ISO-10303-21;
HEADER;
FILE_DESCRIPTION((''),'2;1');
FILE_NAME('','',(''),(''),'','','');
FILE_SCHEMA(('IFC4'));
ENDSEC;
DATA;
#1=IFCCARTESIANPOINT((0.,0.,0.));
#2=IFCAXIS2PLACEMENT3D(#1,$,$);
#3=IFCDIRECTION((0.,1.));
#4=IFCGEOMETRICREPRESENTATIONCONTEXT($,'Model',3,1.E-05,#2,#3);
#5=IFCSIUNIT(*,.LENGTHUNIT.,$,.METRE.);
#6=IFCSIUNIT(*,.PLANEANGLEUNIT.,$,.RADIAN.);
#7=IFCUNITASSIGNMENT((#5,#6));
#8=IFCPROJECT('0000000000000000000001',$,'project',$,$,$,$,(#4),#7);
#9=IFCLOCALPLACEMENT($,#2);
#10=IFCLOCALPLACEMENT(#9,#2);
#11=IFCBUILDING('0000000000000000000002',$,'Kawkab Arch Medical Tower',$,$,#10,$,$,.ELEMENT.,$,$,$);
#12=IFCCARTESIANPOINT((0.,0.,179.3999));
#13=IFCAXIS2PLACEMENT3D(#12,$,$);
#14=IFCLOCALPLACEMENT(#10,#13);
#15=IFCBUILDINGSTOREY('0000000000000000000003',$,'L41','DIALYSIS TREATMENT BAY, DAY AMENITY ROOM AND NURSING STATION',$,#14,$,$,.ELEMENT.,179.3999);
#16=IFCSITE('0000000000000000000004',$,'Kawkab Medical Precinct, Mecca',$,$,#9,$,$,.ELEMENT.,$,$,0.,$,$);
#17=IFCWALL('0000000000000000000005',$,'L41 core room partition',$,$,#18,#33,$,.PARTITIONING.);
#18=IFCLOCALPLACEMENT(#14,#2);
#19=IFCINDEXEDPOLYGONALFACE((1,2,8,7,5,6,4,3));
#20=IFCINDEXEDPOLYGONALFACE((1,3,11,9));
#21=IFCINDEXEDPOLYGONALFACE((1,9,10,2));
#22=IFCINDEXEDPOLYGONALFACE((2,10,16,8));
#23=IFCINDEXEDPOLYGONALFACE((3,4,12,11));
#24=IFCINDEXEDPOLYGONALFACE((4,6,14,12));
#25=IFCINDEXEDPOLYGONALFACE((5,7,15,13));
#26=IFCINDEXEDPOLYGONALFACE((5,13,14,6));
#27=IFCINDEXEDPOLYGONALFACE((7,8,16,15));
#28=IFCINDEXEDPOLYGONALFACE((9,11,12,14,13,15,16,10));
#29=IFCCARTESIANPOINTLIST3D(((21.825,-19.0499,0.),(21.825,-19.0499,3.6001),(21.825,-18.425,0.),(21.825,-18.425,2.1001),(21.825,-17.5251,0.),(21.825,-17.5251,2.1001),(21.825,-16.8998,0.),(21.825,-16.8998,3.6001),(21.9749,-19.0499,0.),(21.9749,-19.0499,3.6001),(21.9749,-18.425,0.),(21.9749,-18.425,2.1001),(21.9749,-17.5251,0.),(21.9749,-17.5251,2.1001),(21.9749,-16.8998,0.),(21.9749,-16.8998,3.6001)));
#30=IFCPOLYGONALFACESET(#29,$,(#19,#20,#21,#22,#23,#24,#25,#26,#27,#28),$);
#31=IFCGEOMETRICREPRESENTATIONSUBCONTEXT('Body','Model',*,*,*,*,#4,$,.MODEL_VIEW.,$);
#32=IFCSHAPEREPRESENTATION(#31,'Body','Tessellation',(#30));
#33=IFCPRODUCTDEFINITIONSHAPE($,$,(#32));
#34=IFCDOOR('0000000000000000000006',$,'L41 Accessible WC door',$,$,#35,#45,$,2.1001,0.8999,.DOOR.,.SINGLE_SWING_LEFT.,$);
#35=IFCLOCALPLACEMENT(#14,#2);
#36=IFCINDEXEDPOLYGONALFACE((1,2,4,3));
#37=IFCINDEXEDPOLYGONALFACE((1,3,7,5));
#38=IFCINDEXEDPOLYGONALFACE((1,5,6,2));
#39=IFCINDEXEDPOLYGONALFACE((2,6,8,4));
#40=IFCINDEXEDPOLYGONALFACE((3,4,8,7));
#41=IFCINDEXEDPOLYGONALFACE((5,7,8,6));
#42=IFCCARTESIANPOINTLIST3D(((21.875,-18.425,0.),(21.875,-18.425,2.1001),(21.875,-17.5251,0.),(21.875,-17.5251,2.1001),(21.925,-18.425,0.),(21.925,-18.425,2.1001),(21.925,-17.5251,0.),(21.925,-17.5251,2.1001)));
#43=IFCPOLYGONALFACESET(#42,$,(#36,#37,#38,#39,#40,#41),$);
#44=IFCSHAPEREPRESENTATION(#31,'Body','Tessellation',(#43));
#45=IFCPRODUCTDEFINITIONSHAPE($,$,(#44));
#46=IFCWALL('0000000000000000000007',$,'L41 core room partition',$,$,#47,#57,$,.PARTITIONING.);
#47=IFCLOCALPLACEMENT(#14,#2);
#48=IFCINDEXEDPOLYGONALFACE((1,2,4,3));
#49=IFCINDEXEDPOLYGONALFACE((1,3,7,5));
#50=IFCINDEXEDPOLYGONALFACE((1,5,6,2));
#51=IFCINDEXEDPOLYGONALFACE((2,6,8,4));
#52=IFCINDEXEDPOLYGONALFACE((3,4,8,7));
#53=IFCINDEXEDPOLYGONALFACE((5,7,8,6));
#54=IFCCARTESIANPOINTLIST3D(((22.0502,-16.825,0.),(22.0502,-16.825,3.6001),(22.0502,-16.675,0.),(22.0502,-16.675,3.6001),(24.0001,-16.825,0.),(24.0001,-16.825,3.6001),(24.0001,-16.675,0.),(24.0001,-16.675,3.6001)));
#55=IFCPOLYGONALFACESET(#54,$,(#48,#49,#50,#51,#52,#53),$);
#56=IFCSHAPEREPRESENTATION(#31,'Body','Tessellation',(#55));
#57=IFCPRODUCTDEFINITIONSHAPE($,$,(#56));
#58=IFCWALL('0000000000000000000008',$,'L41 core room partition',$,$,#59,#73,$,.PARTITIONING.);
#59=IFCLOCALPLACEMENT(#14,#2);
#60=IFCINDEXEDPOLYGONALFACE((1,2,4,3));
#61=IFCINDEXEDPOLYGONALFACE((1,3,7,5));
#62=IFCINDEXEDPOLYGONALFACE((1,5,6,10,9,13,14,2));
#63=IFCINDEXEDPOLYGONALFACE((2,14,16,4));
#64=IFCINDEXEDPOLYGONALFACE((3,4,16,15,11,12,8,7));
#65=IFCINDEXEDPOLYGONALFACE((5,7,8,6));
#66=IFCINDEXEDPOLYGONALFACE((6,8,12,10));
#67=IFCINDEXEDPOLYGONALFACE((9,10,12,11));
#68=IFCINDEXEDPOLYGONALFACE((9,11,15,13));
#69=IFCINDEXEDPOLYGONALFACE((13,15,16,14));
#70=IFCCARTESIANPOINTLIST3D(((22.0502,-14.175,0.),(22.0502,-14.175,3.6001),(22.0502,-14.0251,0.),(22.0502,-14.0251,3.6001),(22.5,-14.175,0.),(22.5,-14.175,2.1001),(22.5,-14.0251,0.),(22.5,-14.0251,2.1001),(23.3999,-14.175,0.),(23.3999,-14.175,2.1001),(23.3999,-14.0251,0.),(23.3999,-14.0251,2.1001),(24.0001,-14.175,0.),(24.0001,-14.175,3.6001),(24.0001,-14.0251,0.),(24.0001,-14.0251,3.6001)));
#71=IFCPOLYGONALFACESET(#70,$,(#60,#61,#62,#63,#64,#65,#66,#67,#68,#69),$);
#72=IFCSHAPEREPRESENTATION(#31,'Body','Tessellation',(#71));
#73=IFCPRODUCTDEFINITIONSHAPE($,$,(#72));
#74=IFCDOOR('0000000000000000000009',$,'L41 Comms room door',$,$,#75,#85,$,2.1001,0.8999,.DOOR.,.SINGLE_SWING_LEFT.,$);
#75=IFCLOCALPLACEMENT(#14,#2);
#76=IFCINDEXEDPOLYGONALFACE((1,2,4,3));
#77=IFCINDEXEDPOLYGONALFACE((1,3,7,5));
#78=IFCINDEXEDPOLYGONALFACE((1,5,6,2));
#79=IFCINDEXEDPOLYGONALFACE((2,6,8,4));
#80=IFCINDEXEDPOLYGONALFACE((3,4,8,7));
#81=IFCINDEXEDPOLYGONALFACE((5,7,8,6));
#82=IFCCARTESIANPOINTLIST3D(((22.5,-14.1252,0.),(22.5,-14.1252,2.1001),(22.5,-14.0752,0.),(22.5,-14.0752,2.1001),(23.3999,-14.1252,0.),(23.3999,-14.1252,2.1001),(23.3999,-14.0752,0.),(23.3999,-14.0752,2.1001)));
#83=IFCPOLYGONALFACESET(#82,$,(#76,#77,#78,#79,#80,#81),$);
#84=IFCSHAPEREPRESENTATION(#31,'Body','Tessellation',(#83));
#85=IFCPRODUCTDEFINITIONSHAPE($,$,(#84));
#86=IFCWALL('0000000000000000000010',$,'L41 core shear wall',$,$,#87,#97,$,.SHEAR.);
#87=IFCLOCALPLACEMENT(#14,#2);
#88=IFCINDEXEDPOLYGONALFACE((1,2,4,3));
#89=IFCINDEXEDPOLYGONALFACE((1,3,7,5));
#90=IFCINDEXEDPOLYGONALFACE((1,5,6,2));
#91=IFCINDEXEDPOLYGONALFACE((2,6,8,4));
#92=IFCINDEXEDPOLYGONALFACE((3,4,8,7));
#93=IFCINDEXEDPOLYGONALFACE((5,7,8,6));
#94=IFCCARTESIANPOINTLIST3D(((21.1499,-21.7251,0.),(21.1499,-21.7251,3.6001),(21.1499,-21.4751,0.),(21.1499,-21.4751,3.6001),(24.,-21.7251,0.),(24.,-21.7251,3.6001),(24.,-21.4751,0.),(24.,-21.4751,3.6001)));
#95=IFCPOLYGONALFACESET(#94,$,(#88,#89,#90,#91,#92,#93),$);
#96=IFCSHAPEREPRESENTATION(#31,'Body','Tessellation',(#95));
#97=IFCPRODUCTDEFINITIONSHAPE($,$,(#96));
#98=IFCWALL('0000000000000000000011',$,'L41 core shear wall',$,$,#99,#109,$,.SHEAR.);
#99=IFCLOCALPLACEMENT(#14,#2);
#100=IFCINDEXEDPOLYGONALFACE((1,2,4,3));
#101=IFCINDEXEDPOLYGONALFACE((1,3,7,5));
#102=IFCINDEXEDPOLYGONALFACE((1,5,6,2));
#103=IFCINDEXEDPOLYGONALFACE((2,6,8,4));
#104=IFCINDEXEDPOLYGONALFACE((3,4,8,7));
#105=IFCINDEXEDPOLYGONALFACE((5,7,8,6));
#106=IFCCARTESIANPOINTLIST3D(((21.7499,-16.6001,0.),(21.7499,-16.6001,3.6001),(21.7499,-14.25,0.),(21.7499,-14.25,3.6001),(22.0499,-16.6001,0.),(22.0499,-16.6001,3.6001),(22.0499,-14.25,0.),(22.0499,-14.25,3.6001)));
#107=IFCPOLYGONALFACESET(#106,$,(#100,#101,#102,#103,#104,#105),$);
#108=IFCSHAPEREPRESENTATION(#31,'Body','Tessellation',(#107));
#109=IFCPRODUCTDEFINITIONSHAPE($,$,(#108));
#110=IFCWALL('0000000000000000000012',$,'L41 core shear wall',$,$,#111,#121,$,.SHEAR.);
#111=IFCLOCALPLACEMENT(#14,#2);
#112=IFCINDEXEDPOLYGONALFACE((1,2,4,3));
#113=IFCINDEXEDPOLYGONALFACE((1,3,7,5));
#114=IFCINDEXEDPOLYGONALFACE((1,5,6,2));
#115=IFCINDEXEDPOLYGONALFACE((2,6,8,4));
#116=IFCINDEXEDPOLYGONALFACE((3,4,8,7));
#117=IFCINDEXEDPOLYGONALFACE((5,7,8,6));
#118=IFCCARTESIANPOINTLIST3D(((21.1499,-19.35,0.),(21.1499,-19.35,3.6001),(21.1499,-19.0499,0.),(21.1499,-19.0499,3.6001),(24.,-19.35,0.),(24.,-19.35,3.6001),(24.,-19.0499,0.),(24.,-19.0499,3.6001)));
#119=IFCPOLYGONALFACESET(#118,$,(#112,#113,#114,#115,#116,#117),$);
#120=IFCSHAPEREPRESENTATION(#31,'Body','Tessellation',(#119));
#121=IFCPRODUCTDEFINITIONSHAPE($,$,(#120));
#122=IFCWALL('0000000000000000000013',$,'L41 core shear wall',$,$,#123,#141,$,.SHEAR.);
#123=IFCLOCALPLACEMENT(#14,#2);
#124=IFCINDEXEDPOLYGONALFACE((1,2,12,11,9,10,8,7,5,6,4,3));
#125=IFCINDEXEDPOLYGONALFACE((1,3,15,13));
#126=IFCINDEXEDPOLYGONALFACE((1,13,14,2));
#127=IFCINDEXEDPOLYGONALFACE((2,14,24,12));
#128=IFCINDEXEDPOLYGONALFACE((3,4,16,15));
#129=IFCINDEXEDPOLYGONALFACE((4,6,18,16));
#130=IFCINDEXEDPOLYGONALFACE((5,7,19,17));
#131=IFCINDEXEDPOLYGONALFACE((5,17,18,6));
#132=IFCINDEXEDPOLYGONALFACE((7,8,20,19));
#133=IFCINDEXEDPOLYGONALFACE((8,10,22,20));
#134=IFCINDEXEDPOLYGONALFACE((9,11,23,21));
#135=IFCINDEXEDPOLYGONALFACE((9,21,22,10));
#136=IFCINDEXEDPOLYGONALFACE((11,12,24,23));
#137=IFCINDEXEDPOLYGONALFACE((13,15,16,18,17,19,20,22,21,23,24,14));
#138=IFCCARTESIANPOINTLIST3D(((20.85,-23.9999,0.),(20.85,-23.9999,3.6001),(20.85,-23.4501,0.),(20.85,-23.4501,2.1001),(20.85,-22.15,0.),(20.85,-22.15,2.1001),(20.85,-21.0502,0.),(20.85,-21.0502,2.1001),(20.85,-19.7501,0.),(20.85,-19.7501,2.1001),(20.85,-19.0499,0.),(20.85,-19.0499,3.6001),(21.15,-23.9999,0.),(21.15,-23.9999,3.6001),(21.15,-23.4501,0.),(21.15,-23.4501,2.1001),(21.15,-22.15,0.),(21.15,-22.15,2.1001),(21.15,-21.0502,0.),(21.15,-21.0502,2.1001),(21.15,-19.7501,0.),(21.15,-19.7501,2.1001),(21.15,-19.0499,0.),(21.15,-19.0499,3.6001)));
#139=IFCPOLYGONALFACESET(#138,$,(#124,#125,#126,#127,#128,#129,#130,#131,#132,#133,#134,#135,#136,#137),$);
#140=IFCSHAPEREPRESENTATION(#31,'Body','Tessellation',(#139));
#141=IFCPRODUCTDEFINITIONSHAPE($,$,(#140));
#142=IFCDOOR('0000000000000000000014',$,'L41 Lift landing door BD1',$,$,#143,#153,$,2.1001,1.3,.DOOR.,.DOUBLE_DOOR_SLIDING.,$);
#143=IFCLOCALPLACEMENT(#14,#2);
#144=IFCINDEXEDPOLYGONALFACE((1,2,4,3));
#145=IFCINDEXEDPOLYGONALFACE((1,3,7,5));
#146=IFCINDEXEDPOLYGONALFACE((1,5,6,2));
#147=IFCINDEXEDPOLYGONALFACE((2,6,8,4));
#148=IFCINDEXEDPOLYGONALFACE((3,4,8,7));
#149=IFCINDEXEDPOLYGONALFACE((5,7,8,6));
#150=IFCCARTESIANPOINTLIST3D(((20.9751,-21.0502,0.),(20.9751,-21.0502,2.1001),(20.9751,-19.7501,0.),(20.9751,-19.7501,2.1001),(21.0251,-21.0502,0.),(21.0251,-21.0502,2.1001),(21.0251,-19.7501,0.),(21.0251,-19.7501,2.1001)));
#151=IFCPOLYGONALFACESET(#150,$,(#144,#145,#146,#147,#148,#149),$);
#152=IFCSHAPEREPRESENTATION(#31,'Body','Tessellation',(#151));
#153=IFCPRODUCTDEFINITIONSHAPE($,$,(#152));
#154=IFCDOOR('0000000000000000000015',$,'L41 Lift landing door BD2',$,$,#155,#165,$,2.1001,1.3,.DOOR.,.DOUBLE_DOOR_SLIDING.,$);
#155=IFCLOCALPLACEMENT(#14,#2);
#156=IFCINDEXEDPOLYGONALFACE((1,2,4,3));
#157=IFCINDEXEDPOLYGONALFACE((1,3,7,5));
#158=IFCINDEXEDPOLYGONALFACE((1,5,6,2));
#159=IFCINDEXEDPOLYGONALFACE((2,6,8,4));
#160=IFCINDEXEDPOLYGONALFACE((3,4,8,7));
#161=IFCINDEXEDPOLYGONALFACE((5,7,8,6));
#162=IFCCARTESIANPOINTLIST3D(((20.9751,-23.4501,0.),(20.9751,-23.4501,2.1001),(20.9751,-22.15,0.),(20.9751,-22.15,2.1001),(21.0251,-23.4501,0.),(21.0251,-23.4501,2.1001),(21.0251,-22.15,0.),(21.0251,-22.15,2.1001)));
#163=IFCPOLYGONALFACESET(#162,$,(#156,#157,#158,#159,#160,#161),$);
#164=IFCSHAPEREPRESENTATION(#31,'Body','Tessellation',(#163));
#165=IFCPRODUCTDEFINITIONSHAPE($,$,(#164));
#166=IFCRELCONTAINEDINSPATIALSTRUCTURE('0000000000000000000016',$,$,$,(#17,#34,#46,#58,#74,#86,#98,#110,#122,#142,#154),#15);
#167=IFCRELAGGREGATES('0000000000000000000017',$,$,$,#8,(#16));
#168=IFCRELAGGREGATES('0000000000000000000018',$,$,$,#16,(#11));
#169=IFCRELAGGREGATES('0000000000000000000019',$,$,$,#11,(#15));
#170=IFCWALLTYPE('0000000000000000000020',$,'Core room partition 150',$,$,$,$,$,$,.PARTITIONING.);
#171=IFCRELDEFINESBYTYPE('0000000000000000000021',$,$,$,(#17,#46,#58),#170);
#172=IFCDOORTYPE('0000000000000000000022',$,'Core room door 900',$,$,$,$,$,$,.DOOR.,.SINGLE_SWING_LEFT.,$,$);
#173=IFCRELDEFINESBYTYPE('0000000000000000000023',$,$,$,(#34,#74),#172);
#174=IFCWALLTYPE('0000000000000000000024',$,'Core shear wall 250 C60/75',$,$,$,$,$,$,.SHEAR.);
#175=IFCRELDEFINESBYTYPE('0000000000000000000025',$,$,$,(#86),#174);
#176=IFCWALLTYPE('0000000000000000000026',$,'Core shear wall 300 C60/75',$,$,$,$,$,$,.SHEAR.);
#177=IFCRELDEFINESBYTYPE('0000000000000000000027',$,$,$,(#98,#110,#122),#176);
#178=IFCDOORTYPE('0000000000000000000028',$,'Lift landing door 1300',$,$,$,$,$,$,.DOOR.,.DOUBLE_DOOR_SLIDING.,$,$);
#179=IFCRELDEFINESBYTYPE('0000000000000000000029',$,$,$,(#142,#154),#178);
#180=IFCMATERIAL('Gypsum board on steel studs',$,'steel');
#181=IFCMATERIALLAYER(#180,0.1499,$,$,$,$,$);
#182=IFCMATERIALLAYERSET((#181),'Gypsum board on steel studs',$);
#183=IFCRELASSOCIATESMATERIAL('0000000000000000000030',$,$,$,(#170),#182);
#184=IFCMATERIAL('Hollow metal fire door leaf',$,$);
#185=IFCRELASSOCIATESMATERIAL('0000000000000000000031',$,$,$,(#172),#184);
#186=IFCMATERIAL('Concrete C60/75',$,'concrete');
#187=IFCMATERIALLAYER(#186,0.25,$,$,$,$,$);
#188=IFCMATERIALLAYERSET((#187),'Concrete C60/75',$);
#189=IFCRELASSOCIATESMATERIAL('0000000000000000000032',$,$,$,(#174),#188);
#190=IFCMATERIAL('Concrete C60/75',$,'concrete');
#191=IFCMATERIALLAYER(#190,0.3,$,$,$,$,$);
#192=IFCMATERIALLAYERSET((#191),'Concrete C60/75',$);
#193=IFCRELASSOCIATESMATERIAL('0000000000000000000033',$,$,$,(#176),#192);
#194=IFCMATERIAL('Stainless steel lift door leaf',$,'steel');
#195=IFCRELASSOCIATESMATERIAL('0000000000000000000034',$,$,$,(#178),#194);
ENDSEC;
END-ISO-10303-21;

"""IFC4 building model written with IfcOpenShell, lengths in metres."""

from ifc_helpers import new_model, si_unit, direction, frame, frame_2d, origin, place, context, subcontext, project, spatial, rectangle, extrude, material, layer, layer_set, type_object, element, fill, save


model = new_model("IFC4")

# Units and contexts
model_context = context("Model", 3, precision=1e-05, world=origin(), true_north=direction((0.0, 1.0)))
body_context = subcontext(model_context, "Body", "Model", "MODEL_VIEW")
ifc_project = project(units=[si_unit("LENGTHUNIT", "METRE"), si_unit("PLANEANGLEUNIT", "RADIAN")], contexts=[model_context])

# Site, building, storey
site_placement = place(None, origin())
site = spatial("IfcSite", under=ifc_project, at=site_placement, Name="Kawkab Medical Precinct, Mecca", CompositionType="ELEMENT", RefElevation=0.0)
building_placement = place(site_placement, origin())
building = spatial("IfcBuilding", under=site, at=building_placement, Name="Kawkab Arch Medical Tower", CompositionType="ELEMENT")
storey_placement = place(building_placement, frame((0.0, 0.0, 179.3999)))
storey = spatial("IfcBuildingStorey", under=building, at=storey_placement, Name="L41", Description="DIALYSIS TREATMENT BAY, DAY AMENITY ROOM AND NURSING STATION", CompositionType="ELEMENT", Elevation=179.3999)

# Wall, opening, door
ifc_material_1 = material(Name="Gypsum board on steel studs", Category="steel")
ifc_layer_1 = layer(ifc_material_1, 0.1499)
ifc_layer_set_1 = layer_set([ifc_layer_1], Name="Gypsum board on steel studs")
wall_type_1 = type_object("IfcWallType", Name="Core room partition 150", PredefinedType="PARTITIONING", material=ifc_layer_set_1)
wall_1_placement = place(storey_placement, frame((21.8999, -19.05, 0.0), z_axis=(0.0, 0.0, 1.0), x_axis=(0.0, 1.0, 0.0)))
wall_1 = element("IfcWall", 1, at=wall_1_placement, inside=storey, type_object=wall_type_1, Name="L41 core room partition", PredefinedType="PARTITIONING", context=body_context, shape_type="SweptSolid", body=[
    extrude(rectangle(XDim=2.1501, YDim=0.1499, at=frame_2d((1.0752, 0.0))), origin(), (0.0, 0.0, 1.0), 3.6001),
])
opening_1_placement = place(wall_1_placement, frame((0.625, 0.0, 0.0)))
opening_1 = element("IfcOpeningElement", 2, at=opening_1_placement, cuts=wall_1, PredefinedType="OPENING", context=body_context, shape_type="SweptSolid", body=[
    extrude(rectangle(XDim=0.8999, YDim=2.1001, at=frame_2d((0.45, 1.05))), frame((0.0, 0.085, 0.0), z_axis=(0.0, -1.0, 0.0), x_axis=(1.0, 0.0, 0.0)), (0.0, 0.0, 1.0), 0.1699),
])
ifc_material_2 = material(Name="Hollow metal fire door leaf")
door_type_1 = type_object("IfcDoorType", Name="Core room door 900", OperationType="SINGLE_SWING_LEFT", PredefinedType="DOOR", material=ifc_material_2)
door_1_placement = place(opening_1_placement, origin())
door_1 = element("IfcDoor", 3, at=door_1_placement, inside=storey, type_object=door_type_1, Name="L41 Accessible WC door", OperationType="SINGLE_SWING_LEFT", OverallHeight=2.1001, OverallWidth=0.8999, PredefinedType="DOOR", context=body_context, shape_type="SweptSolid", body=[
    extrude(rectangle(XDim=0.8999, YDim=2.1001, at=frame_2d((0.45, 1.05))), frame((0.0, 0.0249, 0.0), z_axis=(0.0, -1.0, 0.0), x_axis=(1.0, 0.0, 0.0)), (0.0, 0.0, 1.0), 0.05),
])
fill(opening_1, door_1)

# Wall
wall_2_placement = place(storey_placement, frame((22.05, -16.75, 0.0), z_axis=(0.0, 0.0, 1.0), x_axis=(1.0, 0.0, 0.0)))
element("IfcWall", 4, at=wall_2_placement, inside=storey, type_object=wall_type_1, Name="L41 core room partition", PredefinedType="PARTITIONING", context=body_context, shape_type="SweptSolid", body=[
    extrude(rectangle(XDim=1.95, YDim=0.1499, at=frame_2d((0.9751, 0.0))), origin(), (0.0, 0.0, 1.0), 3.6001),
])

# Wall, opening, door
wall_3_placement = place(storey_placement, frame((22.05, -14.1001, 0.0), z_axis=(0.0, 0.0, 1.0), x_axis=(1.0, 0.0, 0.0)))
wall_3 = element("IfcWall", 5, at=wall_3_placement, inside=storey, type_object=wall_type_1, Name="L41 core room partition", PredefinedType="PARTITIONING", context=body_context, shape_type="SweptSolid", body=[
    extrude(rectangle(XDim=1.95, YDim=0.1499, at=frame_2d((0.9751, 0.0))), origin(), (0.0, 0.0, 1.0), 3.6001),
])
opening_2_placement = place(wall_3_placement, frame((0.45, 0.0, 0.0)))
opening_2 = element("IfcOpeningElement", 6, at=opening_2_placement, cuts=wall_3, PredefinedType="OPENING", context=body_context, shape_type="SweptSolid", body=[
    extrude(rectangle(XDim=0.8999, YDim=2.1001, at=frame_2d((0.45, 1.05))), frame((0.0, 0.085, 0.0), z_axis=(0.0, -1.0, 0.0), x_axis=(1.0, 0.0, 0.0)), (0.0, 0.0, 1.0), 0.1699),
])
door_2_placement = place(opening_2_placement, origin())
door_2 = element("IfcDoor", 7, at=door_2_placement, inside=storey, type_object=door_type_1, Name="L41 Comms room door", OperationType="SINGLE_SWING_LEFT", OverallHeight=2.1001, OverallWidth=0.8999, PredefinedType="DOOR", context=body_context, shape_type="SweptSolid", body=[
    extrude(rectangle(XDim=0.8999, YDim=2.1001, at=frame_2d((0.45, 1.05))), frame((0.0, 0.0249, 0.0), z_axis=(0.0, -1.0, 0.0), x_axis=(1.0, 0.0, 0.0)), (0.0, 0.0, 1.0), 0.05),
])
fill(opening_2, door_2)

# Walls
ifc_material_3 = material(Name="Concrete C60/75", Category="concrete")
ifc_layer_2 = layer(ifc_material_3, 0.25)
ifc_layer_set_2 = layer_set([ifc_layer_2], Name="Concrete C60/75")
wall_type_2 = type_object("IfcWallType", Name="Core shear wall 250 C60/75", PredefinedType="SHEAR", material=ifc_layer_set_2)
wall_4_placement = place(storey_placement, frame((21.1499, -21.6001, 0.0), z_axis=(0.0, 0.0, 1.0), x_axis=(1.0, 0.0, 0.0)))
element("IfcWall", 8, at=wall_4_placement, inside=storey, type_object=wall_type_2, Name="L41 core shear wall", PredefinedType="SHEAR", context=body_context, shape_type="SweptSolid", body=[
    extrude(rectangle(XDim=2.8501, YDim=0.25, at=frame_2d((1.425, 0.0))), origin(), (0.0, 0.0, 1.0), 3.6001),
])
ifc_material_4 = material(Name="Concrete C60/75", Category="concrete")
ifc_layer_3 = layer(ifc_material_4, 0.3)
ifc_layer_set_3 = layer_set([ifc_layer_3], Name="Concrete C60/75")
wall_type_3 = type_object("IfcWallType", Name="Core shear wall 300 C60/75", PredefinedType="SHEAR", material=ifc_layer_set_3)
wall_5_placement = place(storey_placement, frame((21.8999, -16.6001, 0.0), z_axis=(0.0, 0.0, 1.0), x_axis=(0.0, 1.0, 0.0)))
element("IfcWall", 9, at=wall_5_placement, inside=storey, type_object=wall_type_3, Name="L41 core shear wall", PredefinedType="SHEAR", context=body_context, shape_type="SweptSolid", body=[
    extrude(rectangle(XDim=2.3501, YDim=0.3, at=frame_2d((1.175, 0.0))), origin(), (0.0, 0.0, 1.0), 3.6001),
])
wall_6_placement = place(storey_placement, frame((21.1499, -19.2, 0.0), z_axis=(0.0, 0.0, 1.0), x_axis=(1.0, 0.0, 0.0)))
element("IfcWall", 10, at=wall_6_placement, inside=storey, type_object=wall_type_3, Name="L41 core shear wall", PredefinedType="SHEAR", context=body_context, shape_type="SweptSolid", body=[
    extrude(rectangle(XDim=2.8501, YDim=0.3, at=frame_2d((1.425, 0.0))), origin(), (0.0, 0.0, 1.0), 3.6001),
])

# Wall, openings, doors
wall_7_placement = place(storey_placement, frame((21.0, -24.0, 0.0), z_axis=(0.0, 0.0, 1.0), x_axis=(0.0, 1.0, 0.0)))
wall_7 = element("IfcWall", 11, at=wall_7_placement, inside=storey, type_object=wall_type_3, Name="L41 core shear wall", PredefinedType="SHEAR", context=body_context, shape_type="SweptSolid", body=[
    extrude(rectangle(XDim=4.95, YDim=0.3, at=frame_2d((2.4751, 0.0))), origin(), (0.0, 0.0, 1.0), 3.6001),
])
opening_3_placement = place(wall_7_placement, frame((2.95, 0.0, 0.0)))
opening_3 = element("IfcOpeningElement", 12, at=opening_3_placement, cuts=wall_7, PredefinedType="OPENING", context=body_context, shape_type="SweptSolid", body=[
    extrude(rectangle(XDim=1.3, YDim=2.1001, at=frame_2d((0.6499, 1.05))), frame((0.0, 0.1599, 0.0), z_axis=(0.0, -1.0, 0.0), x_axis=(1.0, 0.0, 0.0)), (0.0, 0.0, 1.0), 0.3201),
])
opening_4_placement = place(wall_7_placement, frame((0.55, 0.0, 0.0)))
opening_4 = element("IfcOpeningElement", 13, at=opening_4_placement, cuts=wall_7, PredefinedType="OPENING", context=body_context, shape_type="SweptSolid", body=[
    extrude(rectangle(XDim=1.3, YDim=2.1001, at=frame_2d((0.6499, 1.05))), frame((0.0, 0.1599, 0.0), z_axis=(0.0, -1.0, 0.0), x_axis=(1.0, 0.0, 0.0)), (0.0, 0.0, 1.0), 0.3201),
])
ifc_material_5 = material(Name="Stainless steel lift door leaf", Category="steel")
door_type_2 = type_object("IfcDoorType", Name="Lift landing door 1300", OperationType="DOUBLE_DOOR_SLIDING", PredefinedType="DOOR", material=ifc_material_5)
door_3_placement = place(opening_3_placement, origin())
door_3 = element("IfcDoor", 14, at=door_3_placement, inside=storey, type_object=door_type_2, Name="L41 Lift landing door BD1", OperationType="DOUBLE_DOOR_SLIDING", OverallHeight=2.1001, OverallWidth=1.3, PredefinedType="DOOR", context=body_context, shape_type="SweptSolid", body=[
    extrude(rectangle(XDim=1.3, YDim=2.1001, at=frame_2d((0.6499, 1.05))), frame((0.0, 0.0249, 0.0), z_axis=(0.0, -1.0, 0.0), x_axis=(1.0, 0.0, 0.0)), (0.0, 0.0, 1.0), 0.05),
])
fill(opening_3, door_3)
door_4_placement = place(opening_4_placement, origin())
door_4 = element("IfcDoor", 15, at=door_4_placement, inside=storey, type_object=door_type_2, Name="L41 Lift landing door BD2", OperationType="DOUBLE_DOOR_SLIDING", OverallHeight=2.1001, OverallWidth=1.3, PredefinedType="DOOR", context=body_context, shape_type="SweptSolid", body=[
    extrude(rectangle(XDim=1.3, YDim=2.1001, at=frame_2d((0.6499, 1.05))), frame((0.0, 0.0249, 0.0), z_axis=(0.0, -1.0, 0.0), x_axis=(1.0, 0.0, 0.0)), (0.0, 0.0, 1.0), 0.05),
])
fill(opening_4, door_4)

save(model, "model.ifc")
